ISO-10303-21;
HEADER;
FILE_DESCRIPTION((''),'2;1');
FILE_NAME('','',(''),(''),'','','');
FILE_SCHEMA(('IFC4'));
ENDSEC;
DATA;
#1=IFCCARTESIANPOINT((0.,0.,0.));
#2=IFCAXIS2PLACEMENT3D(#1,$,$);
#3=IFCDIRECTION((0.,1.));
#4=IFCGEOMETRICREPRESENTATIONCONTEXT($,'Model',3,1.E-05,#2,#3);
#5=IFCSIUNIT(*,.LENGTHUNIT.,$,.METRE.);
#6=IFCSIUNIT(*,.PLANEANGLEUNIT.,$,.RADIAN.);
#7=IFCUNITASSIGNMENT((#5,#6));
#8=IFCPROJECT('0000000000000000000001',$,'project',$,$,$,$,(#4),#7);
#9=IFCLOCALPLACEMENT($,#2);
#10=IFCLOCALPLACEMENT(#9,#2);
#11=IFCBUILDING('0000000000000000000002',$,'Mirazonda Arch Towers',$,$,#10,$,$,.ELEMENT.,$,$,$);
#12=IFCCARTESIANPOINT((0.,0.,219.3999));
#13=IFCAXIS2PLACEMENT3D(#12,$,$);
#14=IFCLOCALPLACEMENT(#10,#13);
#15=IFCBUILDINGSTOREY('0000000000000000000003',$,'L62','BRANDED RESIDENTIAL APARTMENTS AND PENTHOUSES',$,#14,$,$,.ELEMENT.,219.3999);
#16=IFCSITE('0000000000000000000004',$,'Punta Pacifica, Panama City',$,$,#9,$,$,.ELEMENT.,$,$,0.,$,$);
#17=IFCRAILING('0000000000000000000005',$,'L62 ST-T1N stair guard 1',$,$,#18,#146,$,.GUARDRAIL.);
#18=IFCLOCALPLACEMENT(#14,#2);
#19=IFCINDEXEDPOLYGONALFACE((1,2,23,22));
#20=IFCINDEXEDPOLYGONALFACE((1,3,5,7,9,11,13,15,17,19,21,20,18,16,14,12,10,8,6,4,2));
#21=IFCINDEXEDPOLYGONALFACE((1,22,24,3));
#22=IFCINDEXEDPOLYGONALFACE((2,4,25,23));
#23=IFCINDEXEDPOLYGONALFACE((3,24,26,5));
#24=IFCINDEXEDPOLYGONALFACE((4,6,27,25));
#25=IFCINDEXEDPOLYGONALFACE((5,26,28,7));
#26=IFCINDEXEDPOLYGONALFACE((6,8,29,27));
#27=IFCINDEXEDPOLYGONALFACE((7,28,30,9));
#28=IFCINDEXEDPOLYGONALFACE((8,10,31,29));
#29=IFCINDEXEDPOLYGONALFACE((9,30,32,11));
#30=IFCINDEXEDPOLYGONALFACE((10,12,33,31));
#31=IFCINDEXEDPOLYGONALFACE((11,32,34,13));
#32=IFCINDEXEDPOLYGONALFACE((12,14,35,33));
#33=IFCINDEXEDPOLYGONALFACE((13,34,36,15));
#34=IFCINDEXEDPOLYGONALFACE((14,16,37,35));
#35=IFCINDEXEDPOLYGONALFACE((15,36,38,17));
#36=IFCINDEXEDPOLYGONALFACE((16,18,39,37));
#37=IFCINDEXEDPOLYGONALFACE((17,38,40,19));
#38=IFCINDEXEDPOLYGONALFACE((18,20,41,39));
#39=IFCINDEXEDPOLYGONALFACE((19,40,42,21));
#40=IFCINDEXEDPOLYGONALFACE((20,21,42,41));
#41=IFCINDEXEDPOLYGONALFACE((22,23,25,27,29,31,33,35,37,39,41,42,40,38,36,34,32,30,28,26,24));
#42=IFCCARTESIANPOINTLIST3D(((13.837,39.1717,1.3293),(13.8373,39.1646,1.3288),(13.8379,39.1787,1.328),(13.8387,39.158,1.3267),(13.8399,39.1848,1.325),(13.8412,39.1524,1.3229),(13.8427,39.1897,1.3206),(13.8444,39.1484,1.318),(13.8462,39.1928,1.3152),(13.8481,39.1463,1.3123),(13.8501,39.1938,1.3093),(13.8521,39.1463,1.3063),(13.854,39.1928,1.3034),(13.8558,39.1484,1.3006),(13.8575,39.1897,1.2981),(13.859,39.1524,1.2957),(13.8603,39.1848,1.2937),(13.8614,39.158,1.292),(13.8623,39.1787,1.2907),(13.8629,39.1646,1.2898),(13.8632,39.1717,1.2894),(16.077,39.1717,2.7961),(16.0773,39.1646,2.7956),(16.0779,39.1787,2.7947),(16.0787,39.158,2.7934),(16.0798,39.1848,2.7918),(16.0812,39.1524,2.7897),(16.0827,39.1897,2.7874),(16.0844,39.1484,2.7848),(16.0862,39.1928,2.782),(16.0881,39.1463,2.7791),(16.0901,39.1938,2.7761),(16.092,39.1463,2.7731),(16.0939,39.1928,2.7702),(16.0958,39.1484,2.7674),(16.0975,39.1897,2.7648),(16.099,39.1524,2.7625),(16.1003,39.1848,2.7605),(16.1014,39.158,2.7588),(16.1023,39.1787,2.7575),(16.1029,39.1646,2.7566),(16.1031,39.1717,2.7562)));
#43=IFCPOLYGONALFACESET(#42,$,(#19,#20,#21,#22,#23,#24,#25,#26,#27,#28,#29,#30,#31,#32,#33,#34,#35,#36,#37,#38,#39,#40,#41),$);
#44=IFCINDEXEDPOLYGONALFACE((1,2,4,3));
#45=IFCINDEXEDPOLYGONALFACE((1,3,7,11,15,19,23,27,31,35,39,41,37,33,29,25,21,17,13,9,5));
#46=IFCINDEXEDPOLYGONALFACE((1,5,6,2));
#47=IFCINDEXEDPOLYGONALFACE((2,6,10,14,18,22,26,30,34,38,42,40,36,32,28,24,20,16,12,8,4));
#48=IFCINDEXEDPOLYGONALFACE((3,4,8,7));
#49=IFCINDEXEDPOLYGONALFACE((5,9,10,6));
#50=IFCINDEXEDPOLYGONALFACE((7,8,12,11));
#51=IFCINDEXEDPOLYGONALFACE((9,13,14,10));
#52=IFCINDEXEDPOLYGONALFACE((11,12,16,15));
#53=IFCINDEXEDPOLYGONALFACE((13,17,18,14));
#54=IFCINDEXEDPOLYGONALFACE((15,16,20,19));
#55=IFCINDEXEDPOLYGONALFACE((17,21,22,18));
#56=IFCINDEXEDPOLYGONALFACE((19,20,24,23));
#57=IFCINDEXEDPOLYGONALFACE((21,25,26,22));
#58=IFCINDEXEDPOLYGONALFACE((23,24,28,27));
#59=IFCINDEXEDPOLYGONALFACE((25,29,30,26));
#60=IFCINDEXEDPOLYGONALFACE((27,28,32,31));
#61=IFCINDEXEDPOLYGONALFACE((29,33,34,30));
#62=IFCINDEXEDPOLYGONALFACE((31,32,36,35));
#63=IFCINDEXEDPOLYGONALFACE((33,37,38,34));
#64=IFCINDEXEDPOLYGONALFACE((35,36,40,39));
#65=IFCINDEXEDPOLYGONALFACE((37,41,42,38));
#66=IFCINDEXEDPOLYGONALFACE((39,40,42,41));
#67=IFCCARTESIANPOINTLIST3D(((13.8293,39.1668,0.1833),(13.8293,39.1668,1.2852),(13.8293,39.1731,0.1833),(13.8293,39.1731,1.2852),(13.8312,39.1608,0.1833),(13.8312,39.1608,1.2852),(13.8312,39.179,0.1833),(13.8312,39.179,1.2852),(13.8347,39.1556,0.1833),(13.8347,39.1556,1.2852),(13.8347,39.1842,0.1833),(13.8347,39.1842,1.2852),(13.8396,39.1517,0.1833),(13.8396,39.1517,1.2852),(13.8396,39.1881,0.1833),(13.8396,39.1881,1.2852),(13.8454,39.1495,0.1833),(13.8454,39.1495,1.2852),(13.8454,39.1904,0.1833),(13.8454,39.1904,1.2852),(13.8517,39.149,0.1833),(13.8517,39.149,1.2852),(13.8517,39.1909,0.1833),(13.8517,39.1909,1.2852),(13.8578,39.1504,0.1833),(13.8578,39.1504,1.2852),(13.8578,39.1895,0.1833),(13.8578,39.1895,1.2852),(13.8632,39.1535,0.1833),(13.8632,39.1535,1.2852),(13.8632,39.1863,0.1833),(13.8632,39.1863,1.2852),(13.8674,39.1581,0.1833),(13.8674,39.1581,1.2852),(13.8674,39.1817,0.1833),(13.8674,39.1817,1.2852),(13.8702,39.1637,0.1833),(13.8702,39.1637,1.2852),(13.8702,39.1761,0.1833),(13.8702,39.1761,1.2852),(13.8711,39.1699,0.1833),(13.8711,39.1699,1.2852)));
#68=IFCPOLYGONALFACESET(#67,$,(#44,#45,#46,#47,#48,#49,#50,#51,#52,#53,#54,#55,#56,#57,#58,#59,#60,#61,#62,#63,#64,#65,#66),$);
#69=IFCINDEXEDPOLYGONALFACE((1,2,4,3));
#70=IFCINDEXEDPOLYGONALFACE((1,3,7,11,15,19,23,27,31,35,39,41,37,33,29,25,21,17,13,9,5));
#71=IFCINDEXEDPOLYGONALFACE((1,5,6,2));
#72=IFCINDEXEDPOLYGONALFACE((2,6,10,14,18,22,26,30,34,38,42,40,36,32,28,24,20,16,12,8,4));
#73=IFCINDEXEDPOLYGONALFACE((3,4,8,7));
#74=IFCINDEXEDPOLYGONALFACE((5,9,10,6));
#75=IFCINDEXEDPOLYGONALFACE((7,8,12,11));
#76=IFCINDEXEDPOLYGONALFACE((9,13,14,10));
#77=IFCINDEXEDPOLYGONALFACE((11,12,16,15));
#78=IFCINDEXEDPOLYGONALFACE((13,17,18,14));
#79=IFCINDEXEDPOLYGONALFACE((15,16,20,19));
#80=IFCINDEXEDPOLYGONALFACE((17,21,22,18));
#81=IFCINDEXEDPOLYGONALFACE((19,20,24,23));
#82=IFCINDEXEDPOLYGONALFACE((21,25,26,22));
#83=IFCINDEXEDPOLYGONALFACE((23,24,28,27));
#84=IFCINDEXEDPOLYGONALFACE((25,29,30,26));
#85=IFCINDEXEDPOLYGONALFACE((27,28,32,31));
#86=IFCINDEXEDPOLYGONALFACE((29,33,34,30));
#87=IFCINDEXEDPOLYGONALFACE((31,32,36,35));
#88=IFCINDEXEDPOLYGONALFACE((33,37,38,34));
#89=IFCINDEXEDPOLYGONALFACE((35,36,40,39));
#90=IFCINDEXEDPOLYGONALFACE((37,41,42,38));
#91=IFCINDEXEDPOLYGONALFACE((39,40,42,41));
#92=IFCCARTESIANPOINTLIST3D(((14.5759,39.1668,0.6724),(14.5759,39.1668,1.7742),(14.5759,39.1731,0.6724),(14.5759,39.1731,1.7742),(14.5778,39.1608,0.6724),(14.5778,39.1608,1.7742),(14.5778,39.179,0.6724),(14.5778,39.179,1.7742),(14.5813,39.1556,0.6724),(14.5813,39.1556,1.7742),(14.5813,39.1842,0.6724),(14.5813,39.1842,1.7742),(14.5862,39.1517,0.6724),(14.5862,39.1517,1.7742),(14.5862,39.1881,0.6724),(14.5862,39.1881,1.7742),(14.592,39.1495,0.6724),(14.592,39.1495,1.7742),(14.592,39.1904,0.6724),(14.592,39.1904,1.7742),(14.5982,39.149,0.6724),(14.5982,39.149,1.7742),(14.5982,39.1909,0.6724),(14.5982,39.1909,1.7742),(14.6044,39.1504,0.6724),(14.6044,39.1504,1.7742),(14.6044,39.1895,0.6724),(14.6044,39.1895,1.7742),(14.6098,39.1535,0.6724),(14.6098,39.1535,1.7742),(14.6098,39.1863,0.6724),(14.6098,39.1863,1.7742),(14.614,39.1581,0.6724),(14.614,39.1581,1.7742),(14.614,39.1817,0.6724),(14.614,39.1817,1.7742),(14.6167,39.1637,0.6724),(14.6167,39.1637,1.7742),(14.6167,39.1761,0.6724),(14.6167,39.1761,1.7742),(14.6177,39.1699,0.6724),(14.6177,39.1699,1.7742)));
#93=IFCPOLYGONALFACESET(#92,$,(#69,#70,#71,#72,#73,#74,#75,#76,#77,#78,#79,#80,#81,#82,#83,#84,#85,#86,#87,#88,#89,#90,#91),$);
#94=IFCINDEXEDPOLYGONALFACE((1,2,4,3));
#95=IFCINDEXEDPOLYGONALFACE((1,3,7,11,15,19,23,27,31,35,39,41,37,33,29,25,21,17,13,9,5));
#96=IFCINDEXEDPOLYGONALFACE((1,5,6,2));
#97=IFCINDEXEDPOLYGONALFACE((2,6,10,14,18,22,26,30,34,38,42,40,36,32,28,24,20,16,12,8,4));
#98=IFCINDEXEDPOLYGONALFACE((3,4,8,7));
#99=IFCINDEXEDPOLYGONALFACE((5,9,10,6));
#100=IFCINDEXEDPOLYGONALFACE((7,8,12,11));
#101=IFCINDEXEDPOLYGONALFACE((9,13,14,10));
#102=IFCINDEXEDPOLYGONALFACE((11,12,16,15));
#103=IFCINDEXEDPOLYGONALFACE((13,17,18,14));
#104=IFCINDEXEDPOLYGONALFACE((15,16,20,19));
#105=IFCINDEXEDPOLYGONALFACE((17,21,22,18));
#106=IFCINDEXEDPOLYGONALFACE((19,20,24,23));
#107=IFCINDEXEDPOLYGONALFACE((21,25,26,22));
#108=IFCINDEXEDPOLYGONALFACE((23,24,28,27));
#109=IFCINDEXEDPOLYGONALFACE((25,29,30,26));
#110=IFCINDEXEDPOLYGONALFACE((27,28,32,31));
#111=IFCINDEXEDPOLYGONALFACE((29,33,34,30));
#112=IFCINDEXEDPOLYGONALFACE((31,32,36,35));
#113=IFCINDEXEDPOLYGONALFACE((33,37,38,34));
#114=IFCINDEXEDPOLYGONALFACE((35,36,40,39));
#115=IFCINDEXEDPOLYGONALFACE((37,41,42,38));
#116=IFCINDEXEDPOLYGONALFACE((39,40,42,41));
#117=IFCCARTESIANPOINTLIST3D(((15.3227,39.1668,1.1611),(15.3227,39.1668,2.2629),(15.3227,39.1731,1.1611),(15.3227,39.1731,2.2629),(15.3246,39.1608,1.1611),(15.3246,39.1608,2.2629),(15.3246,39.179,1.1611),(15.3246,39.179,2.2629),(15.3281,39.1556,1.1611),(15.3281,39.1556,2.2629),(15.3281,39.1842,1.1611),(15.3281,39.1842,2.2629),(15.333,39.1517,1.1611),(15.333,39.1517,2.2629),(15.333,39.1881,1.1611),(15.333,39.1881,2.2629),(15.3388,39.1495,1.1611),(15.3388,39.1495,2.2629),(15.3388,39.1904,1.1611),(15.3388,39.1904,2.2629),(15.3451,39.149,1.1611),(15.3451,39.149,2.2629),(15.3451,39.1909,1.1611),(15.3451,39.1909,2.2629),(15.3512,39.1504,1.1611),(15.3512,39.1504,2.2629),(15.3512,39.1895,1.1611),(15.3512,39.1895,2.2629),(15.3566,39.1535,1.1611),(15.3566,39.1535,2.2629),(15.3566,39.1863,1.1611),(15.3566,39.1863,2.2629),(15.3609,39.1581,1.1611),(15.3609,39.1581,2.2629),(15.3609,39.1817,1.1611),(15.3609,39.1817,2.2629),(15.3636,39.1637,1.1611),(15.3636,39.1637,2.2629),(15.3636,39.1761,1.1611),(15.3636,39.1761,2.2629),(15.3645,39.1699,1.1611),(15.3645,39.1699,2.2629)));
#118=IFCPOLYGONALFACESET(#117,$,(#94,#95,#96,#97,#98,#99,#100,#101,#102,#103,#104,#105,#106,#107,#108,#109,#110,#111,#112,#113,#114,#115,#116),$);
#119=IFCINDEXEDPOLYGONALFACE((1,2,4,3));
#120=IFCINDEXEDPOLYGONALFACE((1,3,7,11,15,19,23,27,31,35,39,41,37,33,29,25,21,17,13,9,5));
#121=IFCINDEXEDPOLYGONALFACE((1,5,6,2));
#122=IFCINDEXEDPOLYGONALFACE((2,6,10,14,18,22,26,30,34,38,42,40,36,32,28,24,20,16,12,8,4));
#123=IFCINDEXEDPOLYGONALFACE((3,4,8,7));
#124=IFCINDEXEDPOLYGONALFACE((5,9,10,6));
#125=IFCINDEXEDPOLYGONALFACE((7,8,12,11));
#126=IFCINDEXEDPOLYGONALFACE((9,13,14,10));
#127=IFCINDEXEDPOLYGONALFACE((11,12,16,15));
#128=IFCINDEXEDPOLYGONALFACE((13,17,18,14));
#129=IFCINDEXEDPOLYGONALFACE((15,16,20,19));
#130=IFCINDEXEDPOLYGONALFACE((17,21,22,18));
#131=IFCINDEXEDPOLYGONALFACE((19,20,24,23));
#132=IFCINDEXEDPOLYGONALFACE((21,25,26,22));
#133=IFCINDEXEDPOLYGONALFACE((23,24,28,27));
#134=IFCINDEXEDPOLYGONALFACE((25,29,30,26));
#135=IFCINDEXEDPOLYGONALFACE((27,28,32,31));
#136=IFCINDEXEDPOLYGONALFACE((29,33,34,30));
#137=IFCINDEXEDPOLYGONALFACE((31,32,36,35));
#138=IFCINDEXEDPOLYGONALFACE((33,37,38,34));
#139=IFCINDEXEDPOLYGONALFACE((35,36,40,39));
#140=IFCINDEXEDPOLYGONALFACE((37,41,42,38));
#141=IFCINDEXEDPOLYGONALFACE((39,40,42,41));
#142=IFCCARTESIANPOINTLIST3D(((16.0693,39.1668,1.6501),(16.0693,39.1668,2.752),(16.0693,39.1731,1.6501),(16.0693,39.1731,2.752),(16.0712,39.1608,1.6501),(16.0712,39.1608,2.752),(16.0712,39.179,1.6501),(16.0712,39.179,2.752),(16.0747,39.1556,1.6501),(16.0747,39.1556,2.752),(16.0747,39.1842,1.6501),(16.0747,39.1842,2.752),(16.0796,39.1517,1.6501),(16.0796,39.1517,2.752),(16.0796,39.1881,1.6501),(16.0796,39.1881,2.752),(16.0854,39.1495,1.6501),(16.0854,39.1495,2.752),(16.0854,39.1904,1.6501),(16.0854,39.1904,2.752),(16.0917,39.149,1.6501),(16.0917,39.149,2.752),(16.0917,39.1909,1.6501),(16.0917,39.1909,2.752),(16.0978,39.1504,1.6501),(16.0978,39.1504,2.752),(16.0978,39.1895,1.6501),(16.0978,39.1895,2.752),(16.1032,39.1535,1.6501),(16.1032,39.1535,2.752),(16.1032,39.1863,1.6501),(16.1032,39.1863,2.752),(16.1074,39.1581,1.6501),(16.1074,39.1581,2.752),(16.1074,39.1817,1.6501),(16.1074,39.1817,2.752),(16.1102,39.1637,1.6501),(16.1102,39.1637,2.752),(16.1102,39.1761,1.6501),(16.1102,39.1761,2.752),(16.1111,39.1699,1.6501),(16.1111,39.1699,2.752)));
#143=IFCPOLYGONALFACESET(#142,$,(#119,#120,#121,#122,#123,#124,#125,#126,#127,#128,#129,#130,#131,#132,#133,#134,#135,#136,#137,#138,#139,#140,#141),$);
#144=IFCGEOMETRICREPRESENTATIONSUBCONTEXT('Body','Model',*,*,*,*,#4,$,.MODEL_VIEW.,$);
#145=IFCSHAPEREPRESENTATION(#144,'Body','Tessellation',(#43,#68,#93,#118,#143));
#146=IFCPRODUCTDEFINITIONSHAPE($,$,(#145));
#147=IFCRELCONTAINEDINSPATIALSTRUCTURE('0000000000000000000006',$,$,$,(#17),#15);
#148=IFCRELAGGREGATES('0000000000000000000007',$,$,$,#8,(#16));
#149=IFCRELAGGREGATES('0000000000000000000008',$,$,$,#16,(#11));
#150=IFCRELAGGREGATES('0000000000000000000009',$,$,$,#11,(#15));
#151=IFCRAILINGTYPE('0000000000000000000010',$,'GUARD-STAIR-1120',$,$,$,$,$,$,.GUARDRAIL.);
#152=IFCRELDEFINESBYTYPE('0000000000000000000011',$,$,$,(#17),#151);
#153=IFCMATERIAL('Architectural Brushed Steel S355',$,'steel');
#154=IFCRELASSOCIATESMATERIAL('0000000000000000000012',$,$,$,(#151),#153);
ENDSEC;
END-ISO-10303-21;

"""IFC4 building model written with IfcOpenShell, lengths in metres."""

from ifc_helpers import new_model, si_unit, direction, frame, origin, origin_2d, place, context, subcontext, project, spatial, circle, extrude, material, type_object, element, save


model = new_model("IFC4")

# Units and contexts
model_context = context("Model", 3, precision=1e-05, world=origin(), true_north=direction((0.0, 1.0)))
body_context = subcontext(model_context, "Body", "Model", "MODEL_VIEW")
ifc_project = project(units=[si_unit("LENGTHUNIT", "METRE"), si_unit("PLANEANGLEUNIT", "RADIAN")], contexts=[model_context])

# Site, building, storey
site_placement = place(None, origin())
site = spatial("IfcSite", under=ifc_project, at=site_placement, Name="Punta Pacifica, Panama City", CompositionType="ELEMENT", RefElevation=0.0)
building_placement = place(site_placement, origin())
building = spatial("IfcBuilding", under=site, at=building_placement, Name="Mirazonda Arch Towers", CompositionType="ELEMENT")
storey_placement = place(building_placement, frame((0.0, 0.0, 219.3999)))
storey = spatial("IfcBuildingStorey", under=building, at=storey_placement, Name="L62", Description="BRANDED RESIDENTIAL APARTMENTS AND PENTHOUSES", CompositionType="ELEMENT", Elevation=219.3999)

# Shared definitions
ifc_material_1 = material(Name="Architectural Brushed Steel S355", Category="steel")

# Railing
railing_type_1 = type_object("IfcRailingType", Name="GUARD-STAIR-1120", PredefinedType="GUARDRAIL", material=ifc_material_1)
railing_1_placement = place(storey_placement, frame((13.8501, 39.1699, 0.1833)))
element("IfcRailing", 1, at=railing_1_placement, inside=storey, type_object=railing_type_1, Name="L62 ST-T1N stair guard 1", PredefinedType="GUARDRAIL", context=body_context, shape_type="SweptSolid", body=[
    extrude(circle(Radius=0.0239, at=origin_2d()), frame((0.0, 0.0, 1.126), z_axis=(0.836595, 0.0, 0.547822), x_axis=(0.0, 1.0, 0.0)), (0.0, 0.0, 1.0), 2.6775),
    extrude(circle(Radius=0.021, at=origin_2d()), origin(), (0.0, 0.0, 1.0), 1.1018),
    extrude(circle(Radius=0.021, at=origin_2d()), frame((0.7466, 0.0, 0.489)), (0.0, 0.0, 1.0), 1.1018),
    extrude(circle(Radius=0.021, at=origin_2d()), frame((1.4934, 0.0, 0.9778)), (0.0, 0.0, 1.0), 1.1018),
    extrude(circle(Radius=0.021, at=origin_2d()), frame((2.24, 0.0, 1.4668)), (0.0, 0.0, 1.0), 1.1018),
])

save(model, "model.ifc")
